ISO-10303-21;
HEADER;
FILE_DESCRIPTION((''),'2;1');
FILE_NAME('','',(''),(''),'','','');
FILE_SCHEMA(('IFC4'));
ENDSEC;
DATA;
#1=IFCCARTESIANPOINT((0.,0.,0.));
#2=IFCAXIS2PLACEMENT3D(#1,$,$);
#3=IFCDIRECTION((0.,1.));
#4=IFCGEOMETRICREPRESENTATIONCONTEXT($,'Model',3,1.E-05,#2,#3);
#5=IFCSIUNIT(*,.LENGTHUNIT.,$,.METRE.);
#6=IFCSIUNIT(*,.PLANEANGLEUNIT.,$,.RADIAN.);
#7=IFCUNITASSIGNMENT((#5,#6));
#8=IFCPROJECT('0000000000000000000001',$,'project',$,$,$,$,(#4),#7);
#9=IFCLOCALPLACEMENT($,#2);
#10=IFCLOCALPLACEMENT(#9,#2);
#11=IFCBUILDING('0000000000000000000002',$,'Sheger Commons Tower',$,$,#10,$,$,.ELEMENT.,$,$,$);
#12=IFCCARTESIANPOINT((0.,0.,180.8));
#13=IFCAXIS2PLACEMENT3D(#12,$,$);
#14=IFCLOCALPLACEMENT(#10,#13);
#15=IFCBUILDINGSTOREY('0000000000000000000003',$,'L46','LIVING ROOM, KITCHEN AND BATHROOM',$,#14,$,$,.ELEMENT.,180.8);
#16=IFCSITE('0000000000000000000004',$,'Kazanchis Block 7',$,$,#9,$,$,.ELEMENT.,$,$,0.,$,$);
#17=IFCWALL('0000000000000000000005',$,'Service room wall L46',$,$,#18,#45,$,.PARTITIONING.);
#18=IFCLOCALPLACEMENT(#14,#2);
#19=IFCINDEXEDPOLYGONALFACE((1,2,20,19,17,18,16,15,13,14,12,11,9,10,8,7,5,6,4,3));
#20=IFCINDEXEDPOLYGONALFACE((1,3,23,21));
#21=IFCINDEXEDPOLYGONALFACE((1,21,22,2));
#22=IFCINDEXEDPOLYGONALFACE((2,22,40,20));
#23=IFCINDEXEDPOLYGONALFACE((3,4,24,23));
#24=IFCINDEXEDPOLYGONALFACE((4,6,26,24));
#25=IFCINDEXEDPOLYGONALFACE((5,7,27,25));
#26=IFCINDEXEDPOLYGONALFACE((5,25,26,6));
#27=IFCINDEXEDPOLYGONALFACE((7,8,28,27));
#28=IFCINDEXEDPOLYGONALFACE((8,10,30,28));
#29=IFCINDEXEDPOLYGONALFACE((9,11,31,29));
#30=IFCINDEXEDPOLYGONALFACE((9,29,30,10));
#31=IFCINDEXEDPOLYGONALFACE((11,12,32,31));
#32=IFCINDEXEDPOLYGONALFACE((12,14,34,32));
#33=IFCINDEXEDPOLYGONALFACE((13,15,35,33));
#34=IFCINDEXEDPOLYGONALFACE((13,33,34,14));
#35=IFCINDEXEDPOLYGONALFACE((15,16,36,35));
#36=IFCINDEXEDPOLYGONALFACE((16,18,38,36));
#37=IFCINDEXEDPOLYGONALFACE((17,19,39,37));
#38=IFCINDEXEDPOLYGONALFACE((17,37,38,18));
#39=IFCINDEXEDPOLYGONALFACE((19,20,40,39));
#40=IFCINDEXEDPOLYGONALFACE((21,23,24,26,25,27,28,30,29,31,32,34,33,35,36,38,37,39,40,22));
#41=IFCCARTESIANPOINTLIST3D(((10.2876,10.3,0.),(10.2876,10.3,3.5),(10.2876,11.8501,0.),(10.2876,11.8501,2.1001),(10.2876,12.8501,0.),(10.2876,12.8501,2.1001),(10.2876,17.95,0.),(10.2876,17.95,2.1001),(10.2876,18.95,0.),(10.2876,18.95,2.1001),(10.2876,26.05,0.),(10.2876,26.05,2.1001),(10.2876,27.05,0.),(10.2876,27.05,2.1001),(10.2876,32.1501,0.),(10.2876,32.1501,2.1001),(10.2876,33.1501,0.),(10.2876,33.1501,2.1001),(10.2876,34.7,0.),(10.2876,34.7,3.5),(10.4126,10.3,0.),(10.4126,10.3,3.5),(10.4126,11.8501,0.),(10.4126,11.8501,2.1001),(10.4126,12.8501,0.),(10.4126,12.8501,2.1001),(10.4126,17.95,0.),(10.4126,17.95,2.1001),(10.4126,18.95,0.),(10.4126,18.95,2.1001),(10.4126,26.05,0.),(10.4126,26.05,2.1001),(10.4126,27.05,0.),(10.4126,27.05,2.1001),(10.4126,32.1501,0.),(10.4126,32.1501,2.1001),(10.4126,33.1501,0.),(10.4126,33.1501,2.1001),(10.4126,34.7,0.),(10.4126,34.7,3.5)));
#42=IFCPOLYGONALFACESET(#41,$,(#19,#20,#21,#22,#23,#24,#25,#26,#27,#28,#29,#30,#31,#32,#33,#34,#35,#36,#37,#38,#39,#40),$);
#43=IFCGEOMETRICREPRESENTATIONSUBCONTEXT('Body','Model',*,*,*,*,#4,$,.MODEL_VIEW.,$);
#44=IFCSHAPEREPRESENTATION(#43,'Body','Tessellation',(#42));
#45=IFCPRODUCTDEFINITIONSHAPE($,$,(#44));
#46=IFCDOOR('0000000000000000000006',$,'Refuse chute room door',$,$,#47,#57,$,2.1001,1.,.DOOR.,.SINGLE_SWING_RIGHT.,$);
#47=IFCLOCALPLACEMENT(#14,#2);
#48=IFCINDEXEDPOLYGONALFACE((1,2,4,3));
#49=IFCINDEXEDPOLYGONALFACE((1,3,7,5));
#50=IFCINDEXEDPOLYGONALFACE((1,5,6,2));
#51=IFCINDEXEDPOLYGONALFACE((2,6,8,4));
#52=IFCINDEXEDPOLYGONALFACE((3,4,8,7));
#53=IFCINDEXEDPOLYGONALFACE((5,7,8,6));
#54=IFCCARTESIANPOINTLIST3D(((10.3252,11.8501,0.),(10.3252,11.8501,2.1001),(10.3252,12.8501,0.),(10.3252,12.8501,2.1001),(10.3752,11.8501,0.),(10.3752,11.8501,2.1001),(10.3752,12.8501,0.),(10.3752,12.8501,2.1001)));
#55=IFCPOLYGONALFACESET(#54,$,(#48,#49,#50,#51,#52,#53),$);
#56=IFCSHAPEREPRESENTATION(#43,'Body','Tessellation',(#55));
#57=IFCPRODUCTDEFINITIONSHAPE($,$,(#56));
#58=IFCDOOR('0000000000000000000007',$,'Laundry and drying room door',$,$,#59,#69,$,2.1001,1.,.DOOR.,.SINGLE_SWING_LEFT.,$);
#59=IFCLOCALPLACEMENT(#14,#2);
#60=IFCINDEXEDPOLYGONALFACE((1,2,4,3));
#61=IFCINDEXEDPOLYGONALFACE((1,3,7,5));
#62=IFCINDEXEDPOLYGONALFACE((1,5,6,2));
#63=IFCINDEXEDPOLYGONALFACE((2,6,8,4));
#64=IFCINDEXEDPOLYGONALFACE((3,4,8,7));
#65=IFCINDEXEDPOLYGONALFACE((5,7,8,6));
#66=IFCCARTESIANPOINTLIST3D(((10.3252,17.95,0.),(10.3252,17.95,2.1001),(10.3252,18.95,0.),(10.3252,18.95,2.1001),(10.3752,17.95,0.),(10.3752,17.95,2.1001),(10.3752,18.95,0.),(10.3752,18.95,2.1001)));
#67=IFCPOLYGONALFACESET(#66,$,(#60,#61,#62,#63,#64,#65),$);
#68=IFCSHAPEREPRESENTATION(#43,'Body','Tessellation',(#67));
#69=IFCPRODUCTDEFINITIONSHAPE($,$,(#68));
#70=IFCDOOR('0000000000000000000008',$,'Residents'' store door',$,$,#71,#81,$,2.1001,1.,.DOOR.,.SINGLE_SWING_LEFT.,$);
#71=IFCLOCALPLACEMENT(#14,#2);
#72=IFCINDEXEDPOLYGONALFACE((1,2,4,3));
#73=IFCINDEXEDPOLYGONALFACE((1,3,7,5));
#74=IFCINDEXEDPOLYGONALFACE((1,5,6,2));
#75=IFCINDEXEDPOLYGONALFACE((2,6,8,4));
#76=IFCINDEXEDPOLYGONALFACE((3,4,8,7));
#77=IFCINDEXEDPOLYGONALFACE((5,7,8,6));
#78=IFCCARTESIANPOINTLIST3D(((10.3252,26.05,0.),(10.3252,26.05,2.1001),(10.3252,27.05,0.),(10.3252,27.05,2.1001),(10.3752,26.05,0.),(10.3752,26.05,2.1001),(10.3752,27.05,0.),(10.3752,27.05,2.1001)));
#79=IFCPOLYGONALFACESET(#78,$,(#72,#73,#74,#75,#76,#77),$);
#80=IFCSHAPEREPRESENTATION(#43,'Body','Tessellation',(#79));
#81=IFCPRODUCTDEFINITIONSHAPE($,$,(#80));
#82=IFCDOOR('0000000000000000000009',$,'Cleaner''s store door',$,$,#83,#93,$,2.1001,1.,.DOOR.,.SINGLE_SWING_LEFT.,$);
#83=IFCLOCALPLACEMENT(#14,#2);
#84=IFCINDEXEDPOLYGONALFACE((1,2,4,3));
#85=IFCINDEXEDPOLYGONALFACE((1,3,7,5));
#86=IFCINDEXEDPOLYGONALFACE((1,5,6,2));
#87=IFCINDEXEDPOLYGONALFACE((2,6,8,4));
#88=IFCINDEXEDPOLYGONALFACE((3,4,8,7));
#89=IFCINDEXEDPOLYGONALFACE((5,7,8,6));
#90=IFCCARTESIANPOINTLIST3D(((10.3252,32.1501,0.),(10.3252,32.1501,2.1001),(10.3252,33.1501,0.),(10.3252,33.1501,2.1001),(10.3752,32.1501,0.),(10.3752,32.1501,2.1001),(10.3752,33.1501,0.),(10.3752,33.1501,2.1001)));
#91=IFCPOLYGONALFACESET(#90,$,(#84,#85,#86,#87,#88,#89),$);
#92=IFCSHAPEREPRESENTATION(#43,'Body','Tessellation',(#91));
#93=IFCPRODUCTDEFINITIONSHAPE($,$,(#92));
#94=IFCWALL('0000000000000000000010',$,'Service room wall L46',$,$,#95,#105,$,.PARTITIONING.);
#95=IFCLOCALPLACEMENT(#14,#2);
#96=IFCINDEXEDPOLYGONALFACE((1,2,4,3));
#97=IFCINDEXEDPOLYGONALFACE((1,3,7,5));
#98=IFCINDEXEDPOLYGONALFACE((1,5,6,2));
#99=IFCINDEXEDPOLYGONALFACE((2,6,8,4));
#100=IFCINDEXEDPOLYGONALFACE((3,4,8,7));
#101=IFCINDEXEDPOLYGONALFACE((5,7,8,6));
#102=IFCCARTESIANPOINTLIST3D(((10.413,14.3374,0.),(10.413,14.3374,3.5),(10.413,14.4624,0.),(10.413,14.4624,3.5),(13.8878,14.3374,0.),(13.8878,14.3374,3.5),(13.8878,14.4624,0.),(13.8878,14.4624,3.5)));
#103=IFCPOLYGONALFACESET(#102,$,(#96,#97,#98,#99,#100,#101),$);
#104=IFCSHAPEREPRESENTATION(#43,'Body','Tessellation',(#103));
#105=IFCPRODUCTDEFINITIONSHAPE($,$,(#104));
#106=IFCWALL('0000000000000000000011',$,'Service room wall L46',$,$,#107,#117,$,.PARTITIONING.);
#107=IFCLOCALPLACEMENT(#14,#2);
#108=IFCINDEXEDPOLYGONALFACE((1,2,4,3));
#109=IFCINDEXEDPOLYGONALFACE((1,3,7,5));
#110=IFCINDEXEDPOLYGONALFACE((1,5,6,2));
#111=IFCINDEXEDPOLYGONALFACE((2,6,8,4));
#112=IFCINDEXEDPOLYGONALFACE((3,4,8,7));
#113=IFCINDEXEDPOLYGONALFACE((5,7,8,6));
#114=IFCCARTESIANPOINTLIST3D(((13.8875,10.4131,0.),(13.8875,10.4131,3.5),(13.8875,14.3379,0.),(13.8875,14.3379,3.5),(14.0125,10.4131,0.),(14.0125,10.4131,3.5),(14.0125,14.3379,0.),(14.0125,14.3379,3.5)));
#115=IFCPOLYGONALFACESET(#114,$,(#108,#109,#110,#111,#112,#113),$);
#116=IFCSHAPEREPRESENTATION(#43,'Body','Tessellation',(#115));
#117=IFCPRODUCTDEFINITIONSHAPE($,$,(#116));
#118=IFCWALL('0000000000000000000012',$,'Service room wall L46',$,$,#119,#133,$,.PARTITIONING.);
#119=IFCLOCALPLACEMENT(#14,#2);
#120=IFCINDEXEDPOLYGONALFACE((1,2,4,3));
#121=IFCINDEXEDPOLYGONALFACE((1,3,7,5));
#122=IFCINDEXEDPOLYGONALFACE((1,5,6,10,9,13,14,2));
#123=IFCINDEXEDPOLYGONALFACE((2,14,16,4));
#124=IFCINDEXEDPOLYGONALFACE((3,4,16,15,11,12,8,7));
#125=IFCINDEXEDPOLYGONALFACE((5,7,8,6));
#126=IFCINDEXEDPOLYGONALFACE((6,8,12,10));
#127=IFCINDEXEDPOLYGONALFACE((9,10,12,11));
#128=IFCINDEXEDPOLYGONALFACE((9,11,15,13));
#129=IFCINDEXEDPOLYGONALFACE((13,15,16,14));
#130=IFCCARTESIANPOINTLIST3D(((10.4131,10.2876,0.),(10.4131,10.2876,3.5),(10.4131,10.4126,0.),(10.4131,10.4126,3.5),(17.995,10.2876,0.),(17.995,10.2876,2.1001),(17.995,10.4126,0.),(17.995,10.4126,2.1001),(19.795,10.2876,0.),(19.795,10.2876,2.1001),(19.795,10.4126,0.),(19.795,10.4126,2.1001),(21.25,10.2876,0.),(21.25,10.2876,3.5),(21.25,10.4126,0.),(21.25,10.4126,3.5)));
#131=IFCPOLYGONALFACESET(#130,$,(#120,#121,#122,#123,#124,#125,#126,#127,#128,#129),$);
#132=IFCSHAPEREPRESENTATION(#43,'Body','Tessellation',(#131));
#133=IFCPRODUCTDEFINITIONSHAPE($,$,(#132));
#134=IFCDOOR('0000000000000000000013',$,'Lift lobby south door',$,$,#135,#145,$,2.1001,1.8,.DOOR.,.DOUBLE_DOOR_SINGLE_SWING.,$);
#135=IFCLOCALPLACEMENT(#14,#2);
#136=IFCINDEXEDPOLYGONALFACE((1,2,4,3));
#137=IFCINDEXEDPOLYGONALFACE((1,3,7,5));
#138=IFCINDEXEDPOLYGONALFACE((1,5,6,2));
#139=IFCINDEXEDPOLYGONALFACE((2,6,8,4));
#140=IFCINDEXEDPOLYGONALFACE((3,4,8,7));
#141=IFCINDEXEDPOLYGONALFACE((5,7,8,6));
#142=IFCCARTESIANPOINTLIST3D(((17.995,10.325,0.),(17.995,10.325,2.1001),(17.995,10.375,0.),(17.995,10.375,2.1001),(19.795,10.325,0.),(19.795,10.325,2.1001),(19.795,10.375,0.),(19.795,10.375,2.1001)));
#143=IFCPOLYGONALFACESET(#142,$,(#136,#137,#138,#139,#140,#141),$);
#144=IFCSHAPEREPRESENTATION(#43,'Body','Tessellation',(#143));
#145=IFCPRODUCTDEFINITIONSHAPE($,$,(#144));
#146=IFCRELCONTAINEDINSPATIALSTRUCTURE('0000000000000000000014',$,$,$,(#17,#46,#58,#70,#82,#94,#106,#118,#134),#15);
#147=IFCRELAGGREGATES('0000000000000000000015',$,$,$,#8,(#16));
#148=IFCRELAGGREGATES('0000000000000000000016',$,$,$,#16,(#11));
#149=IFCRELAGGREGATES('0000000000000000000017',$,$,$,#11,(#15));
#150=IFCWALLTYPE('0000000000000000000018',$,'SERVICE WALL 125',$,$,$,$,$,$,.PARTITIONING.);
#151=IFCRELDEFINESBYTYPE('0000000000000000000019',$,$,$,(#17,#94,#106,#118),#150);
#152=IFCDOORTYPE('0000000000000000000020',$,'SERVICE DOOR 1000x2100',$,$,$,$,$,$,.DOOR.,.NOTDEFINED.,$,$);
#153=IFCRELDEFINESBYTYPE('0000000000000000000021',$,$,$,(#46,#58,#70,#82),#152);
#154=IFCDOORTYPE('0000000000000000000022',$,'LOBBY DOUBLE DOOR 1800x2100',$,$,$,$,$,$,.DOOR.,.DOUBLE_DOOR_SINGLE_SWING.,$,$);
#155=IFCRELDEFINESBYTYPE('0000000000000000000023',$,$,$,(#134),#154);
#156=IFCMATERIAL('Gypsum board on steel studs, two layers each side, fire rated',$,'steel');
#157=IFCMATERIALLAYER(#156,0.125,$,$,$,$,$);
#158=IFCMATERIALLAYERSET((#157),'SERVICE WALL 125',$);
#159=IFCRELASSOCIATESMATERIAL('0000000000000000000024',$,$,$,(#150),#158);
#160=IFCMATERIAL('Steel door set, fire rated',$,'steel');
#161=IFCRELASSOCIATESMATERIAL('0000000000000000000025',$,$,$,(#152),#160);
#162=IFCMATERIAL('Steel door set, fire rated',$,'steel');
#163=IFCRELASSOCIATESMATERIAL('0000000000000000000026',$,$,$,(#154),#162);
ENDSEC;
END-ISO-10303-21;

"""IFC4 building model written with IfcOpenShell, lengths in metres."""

from ifc_helpers import new_model, si_unit, direction, frame, frame_2d, origin, place, context, subcontext, project, spatial, rectangle, extrude, material, layer, layer_set, type_object, element, fill, save


model = new_model("IFC4")

# Units and contexts
model_context = context("Model", 3, precision=1e-05, world=origin(), true_north=direction((0.0, 1.0)))
body_context = subcontext(model_context, "Body", "Model", "MODEL_VIEW")
ifc_project = project(units=[si_unit("LENGTHUNIT", "METRE"), si_unit("PLANEANGLEUNIT", "RADIAN")], contexts=[model_context])

# Site, building, storey
site_placement = place(None, origin())
site = spatial("IfcSite", under=ifc_project, at=site_placement, Name="Kazanchis Block 7", CompositionType="ELEMENT", RefElevation=0.0)
building_placement = place(site_placement, origin())
building = spatial("IfcBuilding", under=site, at=building_placement, Name="Sheger Commons Tower", CompositionType="ELEMENT")
storey_placement = place(building_placement, frame((0.0, 0.0, 180.8)))
storey = spatial("IfcBuildingStorey", under=building, at=storey_placement, Name="L46", Description="LIVING ROOM, KITCHEN AND BATHROOM", CompositionType="ELEMENT", Elevation=180.8)

# Wall, openings, doors
ifc_material_1 = material(Name="Gypsum board on steel studs, two layers each side, fire rated", Category="steel")
ifc_layer_1 = layer(ifc_material_1, 0.125)
ifc_layer_set_1 = layer_set([ifc_layer_1], Name="SERVICE WALL 125")
wall_type_1 = type_object("IfcWallType", Name="SERVICE WALL 125", PredefinedType="PARTITIONING", material=ifc_layer_set_1)
wall_1_placement = place(storey_placement, frame((10.3501, 10.3, 0.0), z_axis=(0.0, 0.0, 1.0), x_axis=(0.0, 1.0, 0.0)))
wall_1 = element("IfcWall", 1, at=wall_1_placement, inside=storey, type_object=wall_type_1, Name="Service room wall L46", PredefinedType="PARTITIONING", context=body_context, shape_type="SweptSolid", body=[
    extrude(rectangle(XDim=24.3999, YDim=0.125, at=frame_2d((12.2, 0.0))), origin(), (0.0, 0.0, 1.0), 3.5),
])
opening_1_placement = place(wall_1_placement, frame((1.55, 0.0, 0.0)))
opening_1 = element("IfcOpeningElement", 2, at=opening_1_placement, cuts=wall_1, PredefinedType="OPENING", context=body_context, shape_type="SweptSolid", body=[
    extrude(rectangle(XDim=1.0, YDim=2.1001, at=frame_2d((0.5, 1.05))), frame((0.0, 0.0725, 0.0), z_axis=(0.0, -1.0, 0.0), x_axis=(1.0, 0.0, 0.0)), (0.0, 0.0, 1.0), 0.145),
])
opening_2_placement = place(wall_1_placement, frame((7.6499, 0.0, 0.0)))
opening_2 = element("IfcOpeningElement", 3, at=opening_2_placement, cuts=wall_1, PredefinedType="OPENING", context=body_context, shape_type="SweptSolid", body=[
    extrude(rectangle(XDim=1.0, YDim=2.1001, at=frame_2d((0.5, 1.05))), frame((0.0, 0.0725, 0.0), z_axis=(0.0, -1.0, 0.0), x_axis=(1.0, 0.0, 0.0)), (0.0, 0.0, 1.0), 0.145),
])
opening_3_placement = place(wall_1_placement, frame((15.75, 0.0, 0.0)))
opening_3 = element("IfcOpeningElement", 4, at=opening_3_placement, cuts=wall_1, PredefinedType="OPENING", context=body_context, shape_type="SweptSolid", body=[
    extrude(rectangle(XDim=1.0, YDim=2.1001, at=frame_2d((0.5, 1.05))), frame((0.0, 0.0725, 0.0), z_axis=(0.0, -1.0, 0.0), x_axis=(1.0, 0.0, 0.0)), (0.0, 0.0, 1.0), 0.145),
])
opening_4_placement = place(wall_1_placement, frame((21.8501, 0.0, 0.0)))
opening_4 = element("IfcOpeningElement", 5, at=opening_4_placement, cuts=wall_1, PredefinedType="OPENING", context=body_context, shape_type="SweptSolid", body=[
    extrude(rectangle(XDim=1.0, YDim=2.1001, at=frame_2d((0.5, 1.05))), frame((0.0, 0.0725, 0.0), z_axis=(0.0, -1.0, 0.0), x_axis=(1.0, 0.0, 0.0)), (0.0, 0.0, 1.0), 0.145),
])
ifc_material_2 = material(Name="Steel door set, fire rated", Category="steel")
door_type_1 = type_object("IfcDoorType", Name="SERVICE DOOR 1000x2100", OperationType="NOTDEFINED", PredefinedType="DOOR", material=ifc_material_2)
door_1_placement = place(opening_1_placement, origin())
door_1 = element("IfcDoor", 6, at=door_1_placement, inside=storey, type_object=door_type_1, Name="Refuse chute room door", OperationType="SINGLE_SWING_RIGHT", OverallHeight=2.1001, OverallWidth=1.0, PredefinedType="DOOR", context=body_context, shape_type="SweptSolid", body=[
    extrude(rectangle(XDim=1.0, YDim=2.1001, at=frame_2d((0.5, 1.05))), frame((0.0, 0.0249, 0.0), z_axis=(0.0, -1.0, 0.0), x_axis=(1.0, 0.0, 0.0)), (0.0, 0.0, 1.0), 0.05),
])
fill(opening_1, door_1)
door_2_placement = place(opening_2_placement, origin())
door_2 = element("IfcDoor", 7, at=door_2_placement, inside=storey, type_object=door_type_1, Name="Laundry and drying room door", OperationType="SINGLE_SWING_LEFT", OverallHeight=2.1001, OverallWidth=1.0, PredefinedType="DOOR", context=body_context, shape_type="SweptSolid", body=[
    extrude(rectangle(XDim=1.0, YDim=2.1001, at=frame_2d((0.5, 1.05))), frame((0.0, 0.0249, 0.0), z_axis=(0.0, -1.0, 0.0), x_axis=(1.0, 0.0, 0.0)), (0.0, 0.0, 1.0), 0.05),
])
fill(opening_2, door_2)
door_3_placement = place(opening_3_placement, origin())
door_3 = element("IfcDoor", 8, at=door_3_placement, inside=storey, type_object=door_type_1, Name="Residents' store door", OperationType="SINGLE_SWING_LEFT", OverallHeight=2.1001, OverallWidth=1.0, PredefinedType="DOOR", context=body_context, shape_type="SweptSolid", body=[
    extrude(rectangle(XDim=1.0, YDim=2.1001, at=frame_2d((0.5, 1.05))), frame((0.0, 0.0249, 0.0), z_axis=(0.0, -1.0, 0.0), x_axis=(1.0, 0.0, 0.0)), (0.0, 0.0, 1.0), 0.05),
])
fill(opening_3, door_3)
door_4_placement = place(opening_4_placement, origin())
door_4 = element("IfcDoor", 9, at=door_4_placement, inside=storey, type_object=door_type_1, Name="Cleaner's store door", OperationType="SINGLE_SWING_LEFT", OverallHeight=2.1001, OverallWidth=1.0, PredefinedType="DOOR", context=body_context, shape_type="SweptSolid", body=[
    extrude(rectangle(XDim=1.0, YDim=2.1001, at=frame_2d((0.5, 1.05))), frame((0.0, 0.0249, 0.0), z_axis=(0.0, -1.0, 0.0), x_axis=(1.0, 0.0, 0.0)), (0.0, 0.0, 1.0), 0.05),
])
fill(opening_4, door_4)

# Walls
wall_2_placement = place(storey_placement, frame((10.4131, 14.3999, 0.0), z_axis=(0.0, 0.0, 1.0), x_axis=(1.0, 0.0, 0.0)))
element("IfcWall", 10, at=wall_2_placement, inside=storey, type_object=wall_type_1, Name="Service room wall L46", PredefinedType="PARTITIONING", context=body_context, shape_type="SweptSolid", body=[
    extrude(rectangle(XDim=3.4749, YDim=0.125, at=frame_2d((1.7373, 0.0))), origin(), (0.0, 0.0, 1.0), 3.5),
])
wall_3_placement = place(storey_placement, frame((13.95, 10.4131, 0.0), z_axis=(0.0, 0.0, 1.0), x_axis=(0.0, 1.0, 0.0)))
element("IfcWall", 11, at=wall_3_placement, inside=storey, type_object=wall_type_1, Name="Service room wall L46", PredefinedType="PARTITIONING", context=body_context, shape_type="SweptSolid", body=[
    extrude(rectangle(XDim=3.9248, YDim=0.125, at=frame_2d((1.9624, 0.0))), origin(), (0.0, 0.0, 1.0), 3.5),
])

# Wall, opening, door
wall_4_placement = place(storey_placement, frame((10.4131, 10.3501, 0.0), z_axis=(0.0, 0.0, 1.0), x_axis=(1.0, 0.0, 0.0)))
wall_4 = element("IfcWall", 12, at=wall_4_placement, inside=storey, type_object=wall_type_1, Name="Service room wall L46", PredefinedType="PARTITIONING", context=body_context, shape_type="SweptSolid", body=[
    extrude(rectangle(XDim=10.8369, YDim=0.125, at=frame_2d((5.4185, 0.0))), origin(), (0.0, 0.0, 1.0), 3.5),
])
opening_5_placement = place(wall_4_placement, frame((7.582, 0.0, 0.0)))
opening_5 = element("IfcOpeningElement", 13, at=opening_5_placement, cuts=wall_4, PredefinedType="OPENING", context=body_context, shape_type="SweptSolid", body=[
    extrude(rectangle(XDim=1.8, YDim=2.1001, at=frame_2d((0.8999, 1.05))), frame((0.0, 0.0725, 0.0), z_axis=(0.0, -1.0, 0.0), x_axis=(1.0, 0.0, 0.0)), (0.0, 0.0, 1.0), 0.145),
])
ifc_material_3 = material(Name="Steel door set, fire rated", Category="steel")
door_type_2 = type_object("IfcDoorType", Name="LOBBY DOUBLE DOOR 1800x2100", OperationType="DOUBLE_DOOR_SINGLE_SWING", PredefinedType="DOOR", material=ifc_material_3)
door_5_placement = place(opening_5_placement, origin())
door_5 = element("IfcDoor", 14, at=door_5_placement, inside=storey, type_object=door_type_2, Name="Lift lobby south door", OperationType="DOUBLE_DOOR_SINGLE_SWING", OverallHeight=2.1001, OverallWidth=1.8, PredefinedType="DOOR", context=body_context, shape_type="SweptSolid", body=[
    extrude(rectangle(XDim=1.8, YDim=2.1001, at=frame_2d((0.8999, 1.05))), frame((0.0, 0.0249, 0.0), z_axis=(0.0, -1.0, 0.0), x_axis=(1.0, 0.0, 0.0)), (0.0, 0.0, 1.0), 0.05),
])
fill(opening_5, door_5)

save(model, "model.ifc")
